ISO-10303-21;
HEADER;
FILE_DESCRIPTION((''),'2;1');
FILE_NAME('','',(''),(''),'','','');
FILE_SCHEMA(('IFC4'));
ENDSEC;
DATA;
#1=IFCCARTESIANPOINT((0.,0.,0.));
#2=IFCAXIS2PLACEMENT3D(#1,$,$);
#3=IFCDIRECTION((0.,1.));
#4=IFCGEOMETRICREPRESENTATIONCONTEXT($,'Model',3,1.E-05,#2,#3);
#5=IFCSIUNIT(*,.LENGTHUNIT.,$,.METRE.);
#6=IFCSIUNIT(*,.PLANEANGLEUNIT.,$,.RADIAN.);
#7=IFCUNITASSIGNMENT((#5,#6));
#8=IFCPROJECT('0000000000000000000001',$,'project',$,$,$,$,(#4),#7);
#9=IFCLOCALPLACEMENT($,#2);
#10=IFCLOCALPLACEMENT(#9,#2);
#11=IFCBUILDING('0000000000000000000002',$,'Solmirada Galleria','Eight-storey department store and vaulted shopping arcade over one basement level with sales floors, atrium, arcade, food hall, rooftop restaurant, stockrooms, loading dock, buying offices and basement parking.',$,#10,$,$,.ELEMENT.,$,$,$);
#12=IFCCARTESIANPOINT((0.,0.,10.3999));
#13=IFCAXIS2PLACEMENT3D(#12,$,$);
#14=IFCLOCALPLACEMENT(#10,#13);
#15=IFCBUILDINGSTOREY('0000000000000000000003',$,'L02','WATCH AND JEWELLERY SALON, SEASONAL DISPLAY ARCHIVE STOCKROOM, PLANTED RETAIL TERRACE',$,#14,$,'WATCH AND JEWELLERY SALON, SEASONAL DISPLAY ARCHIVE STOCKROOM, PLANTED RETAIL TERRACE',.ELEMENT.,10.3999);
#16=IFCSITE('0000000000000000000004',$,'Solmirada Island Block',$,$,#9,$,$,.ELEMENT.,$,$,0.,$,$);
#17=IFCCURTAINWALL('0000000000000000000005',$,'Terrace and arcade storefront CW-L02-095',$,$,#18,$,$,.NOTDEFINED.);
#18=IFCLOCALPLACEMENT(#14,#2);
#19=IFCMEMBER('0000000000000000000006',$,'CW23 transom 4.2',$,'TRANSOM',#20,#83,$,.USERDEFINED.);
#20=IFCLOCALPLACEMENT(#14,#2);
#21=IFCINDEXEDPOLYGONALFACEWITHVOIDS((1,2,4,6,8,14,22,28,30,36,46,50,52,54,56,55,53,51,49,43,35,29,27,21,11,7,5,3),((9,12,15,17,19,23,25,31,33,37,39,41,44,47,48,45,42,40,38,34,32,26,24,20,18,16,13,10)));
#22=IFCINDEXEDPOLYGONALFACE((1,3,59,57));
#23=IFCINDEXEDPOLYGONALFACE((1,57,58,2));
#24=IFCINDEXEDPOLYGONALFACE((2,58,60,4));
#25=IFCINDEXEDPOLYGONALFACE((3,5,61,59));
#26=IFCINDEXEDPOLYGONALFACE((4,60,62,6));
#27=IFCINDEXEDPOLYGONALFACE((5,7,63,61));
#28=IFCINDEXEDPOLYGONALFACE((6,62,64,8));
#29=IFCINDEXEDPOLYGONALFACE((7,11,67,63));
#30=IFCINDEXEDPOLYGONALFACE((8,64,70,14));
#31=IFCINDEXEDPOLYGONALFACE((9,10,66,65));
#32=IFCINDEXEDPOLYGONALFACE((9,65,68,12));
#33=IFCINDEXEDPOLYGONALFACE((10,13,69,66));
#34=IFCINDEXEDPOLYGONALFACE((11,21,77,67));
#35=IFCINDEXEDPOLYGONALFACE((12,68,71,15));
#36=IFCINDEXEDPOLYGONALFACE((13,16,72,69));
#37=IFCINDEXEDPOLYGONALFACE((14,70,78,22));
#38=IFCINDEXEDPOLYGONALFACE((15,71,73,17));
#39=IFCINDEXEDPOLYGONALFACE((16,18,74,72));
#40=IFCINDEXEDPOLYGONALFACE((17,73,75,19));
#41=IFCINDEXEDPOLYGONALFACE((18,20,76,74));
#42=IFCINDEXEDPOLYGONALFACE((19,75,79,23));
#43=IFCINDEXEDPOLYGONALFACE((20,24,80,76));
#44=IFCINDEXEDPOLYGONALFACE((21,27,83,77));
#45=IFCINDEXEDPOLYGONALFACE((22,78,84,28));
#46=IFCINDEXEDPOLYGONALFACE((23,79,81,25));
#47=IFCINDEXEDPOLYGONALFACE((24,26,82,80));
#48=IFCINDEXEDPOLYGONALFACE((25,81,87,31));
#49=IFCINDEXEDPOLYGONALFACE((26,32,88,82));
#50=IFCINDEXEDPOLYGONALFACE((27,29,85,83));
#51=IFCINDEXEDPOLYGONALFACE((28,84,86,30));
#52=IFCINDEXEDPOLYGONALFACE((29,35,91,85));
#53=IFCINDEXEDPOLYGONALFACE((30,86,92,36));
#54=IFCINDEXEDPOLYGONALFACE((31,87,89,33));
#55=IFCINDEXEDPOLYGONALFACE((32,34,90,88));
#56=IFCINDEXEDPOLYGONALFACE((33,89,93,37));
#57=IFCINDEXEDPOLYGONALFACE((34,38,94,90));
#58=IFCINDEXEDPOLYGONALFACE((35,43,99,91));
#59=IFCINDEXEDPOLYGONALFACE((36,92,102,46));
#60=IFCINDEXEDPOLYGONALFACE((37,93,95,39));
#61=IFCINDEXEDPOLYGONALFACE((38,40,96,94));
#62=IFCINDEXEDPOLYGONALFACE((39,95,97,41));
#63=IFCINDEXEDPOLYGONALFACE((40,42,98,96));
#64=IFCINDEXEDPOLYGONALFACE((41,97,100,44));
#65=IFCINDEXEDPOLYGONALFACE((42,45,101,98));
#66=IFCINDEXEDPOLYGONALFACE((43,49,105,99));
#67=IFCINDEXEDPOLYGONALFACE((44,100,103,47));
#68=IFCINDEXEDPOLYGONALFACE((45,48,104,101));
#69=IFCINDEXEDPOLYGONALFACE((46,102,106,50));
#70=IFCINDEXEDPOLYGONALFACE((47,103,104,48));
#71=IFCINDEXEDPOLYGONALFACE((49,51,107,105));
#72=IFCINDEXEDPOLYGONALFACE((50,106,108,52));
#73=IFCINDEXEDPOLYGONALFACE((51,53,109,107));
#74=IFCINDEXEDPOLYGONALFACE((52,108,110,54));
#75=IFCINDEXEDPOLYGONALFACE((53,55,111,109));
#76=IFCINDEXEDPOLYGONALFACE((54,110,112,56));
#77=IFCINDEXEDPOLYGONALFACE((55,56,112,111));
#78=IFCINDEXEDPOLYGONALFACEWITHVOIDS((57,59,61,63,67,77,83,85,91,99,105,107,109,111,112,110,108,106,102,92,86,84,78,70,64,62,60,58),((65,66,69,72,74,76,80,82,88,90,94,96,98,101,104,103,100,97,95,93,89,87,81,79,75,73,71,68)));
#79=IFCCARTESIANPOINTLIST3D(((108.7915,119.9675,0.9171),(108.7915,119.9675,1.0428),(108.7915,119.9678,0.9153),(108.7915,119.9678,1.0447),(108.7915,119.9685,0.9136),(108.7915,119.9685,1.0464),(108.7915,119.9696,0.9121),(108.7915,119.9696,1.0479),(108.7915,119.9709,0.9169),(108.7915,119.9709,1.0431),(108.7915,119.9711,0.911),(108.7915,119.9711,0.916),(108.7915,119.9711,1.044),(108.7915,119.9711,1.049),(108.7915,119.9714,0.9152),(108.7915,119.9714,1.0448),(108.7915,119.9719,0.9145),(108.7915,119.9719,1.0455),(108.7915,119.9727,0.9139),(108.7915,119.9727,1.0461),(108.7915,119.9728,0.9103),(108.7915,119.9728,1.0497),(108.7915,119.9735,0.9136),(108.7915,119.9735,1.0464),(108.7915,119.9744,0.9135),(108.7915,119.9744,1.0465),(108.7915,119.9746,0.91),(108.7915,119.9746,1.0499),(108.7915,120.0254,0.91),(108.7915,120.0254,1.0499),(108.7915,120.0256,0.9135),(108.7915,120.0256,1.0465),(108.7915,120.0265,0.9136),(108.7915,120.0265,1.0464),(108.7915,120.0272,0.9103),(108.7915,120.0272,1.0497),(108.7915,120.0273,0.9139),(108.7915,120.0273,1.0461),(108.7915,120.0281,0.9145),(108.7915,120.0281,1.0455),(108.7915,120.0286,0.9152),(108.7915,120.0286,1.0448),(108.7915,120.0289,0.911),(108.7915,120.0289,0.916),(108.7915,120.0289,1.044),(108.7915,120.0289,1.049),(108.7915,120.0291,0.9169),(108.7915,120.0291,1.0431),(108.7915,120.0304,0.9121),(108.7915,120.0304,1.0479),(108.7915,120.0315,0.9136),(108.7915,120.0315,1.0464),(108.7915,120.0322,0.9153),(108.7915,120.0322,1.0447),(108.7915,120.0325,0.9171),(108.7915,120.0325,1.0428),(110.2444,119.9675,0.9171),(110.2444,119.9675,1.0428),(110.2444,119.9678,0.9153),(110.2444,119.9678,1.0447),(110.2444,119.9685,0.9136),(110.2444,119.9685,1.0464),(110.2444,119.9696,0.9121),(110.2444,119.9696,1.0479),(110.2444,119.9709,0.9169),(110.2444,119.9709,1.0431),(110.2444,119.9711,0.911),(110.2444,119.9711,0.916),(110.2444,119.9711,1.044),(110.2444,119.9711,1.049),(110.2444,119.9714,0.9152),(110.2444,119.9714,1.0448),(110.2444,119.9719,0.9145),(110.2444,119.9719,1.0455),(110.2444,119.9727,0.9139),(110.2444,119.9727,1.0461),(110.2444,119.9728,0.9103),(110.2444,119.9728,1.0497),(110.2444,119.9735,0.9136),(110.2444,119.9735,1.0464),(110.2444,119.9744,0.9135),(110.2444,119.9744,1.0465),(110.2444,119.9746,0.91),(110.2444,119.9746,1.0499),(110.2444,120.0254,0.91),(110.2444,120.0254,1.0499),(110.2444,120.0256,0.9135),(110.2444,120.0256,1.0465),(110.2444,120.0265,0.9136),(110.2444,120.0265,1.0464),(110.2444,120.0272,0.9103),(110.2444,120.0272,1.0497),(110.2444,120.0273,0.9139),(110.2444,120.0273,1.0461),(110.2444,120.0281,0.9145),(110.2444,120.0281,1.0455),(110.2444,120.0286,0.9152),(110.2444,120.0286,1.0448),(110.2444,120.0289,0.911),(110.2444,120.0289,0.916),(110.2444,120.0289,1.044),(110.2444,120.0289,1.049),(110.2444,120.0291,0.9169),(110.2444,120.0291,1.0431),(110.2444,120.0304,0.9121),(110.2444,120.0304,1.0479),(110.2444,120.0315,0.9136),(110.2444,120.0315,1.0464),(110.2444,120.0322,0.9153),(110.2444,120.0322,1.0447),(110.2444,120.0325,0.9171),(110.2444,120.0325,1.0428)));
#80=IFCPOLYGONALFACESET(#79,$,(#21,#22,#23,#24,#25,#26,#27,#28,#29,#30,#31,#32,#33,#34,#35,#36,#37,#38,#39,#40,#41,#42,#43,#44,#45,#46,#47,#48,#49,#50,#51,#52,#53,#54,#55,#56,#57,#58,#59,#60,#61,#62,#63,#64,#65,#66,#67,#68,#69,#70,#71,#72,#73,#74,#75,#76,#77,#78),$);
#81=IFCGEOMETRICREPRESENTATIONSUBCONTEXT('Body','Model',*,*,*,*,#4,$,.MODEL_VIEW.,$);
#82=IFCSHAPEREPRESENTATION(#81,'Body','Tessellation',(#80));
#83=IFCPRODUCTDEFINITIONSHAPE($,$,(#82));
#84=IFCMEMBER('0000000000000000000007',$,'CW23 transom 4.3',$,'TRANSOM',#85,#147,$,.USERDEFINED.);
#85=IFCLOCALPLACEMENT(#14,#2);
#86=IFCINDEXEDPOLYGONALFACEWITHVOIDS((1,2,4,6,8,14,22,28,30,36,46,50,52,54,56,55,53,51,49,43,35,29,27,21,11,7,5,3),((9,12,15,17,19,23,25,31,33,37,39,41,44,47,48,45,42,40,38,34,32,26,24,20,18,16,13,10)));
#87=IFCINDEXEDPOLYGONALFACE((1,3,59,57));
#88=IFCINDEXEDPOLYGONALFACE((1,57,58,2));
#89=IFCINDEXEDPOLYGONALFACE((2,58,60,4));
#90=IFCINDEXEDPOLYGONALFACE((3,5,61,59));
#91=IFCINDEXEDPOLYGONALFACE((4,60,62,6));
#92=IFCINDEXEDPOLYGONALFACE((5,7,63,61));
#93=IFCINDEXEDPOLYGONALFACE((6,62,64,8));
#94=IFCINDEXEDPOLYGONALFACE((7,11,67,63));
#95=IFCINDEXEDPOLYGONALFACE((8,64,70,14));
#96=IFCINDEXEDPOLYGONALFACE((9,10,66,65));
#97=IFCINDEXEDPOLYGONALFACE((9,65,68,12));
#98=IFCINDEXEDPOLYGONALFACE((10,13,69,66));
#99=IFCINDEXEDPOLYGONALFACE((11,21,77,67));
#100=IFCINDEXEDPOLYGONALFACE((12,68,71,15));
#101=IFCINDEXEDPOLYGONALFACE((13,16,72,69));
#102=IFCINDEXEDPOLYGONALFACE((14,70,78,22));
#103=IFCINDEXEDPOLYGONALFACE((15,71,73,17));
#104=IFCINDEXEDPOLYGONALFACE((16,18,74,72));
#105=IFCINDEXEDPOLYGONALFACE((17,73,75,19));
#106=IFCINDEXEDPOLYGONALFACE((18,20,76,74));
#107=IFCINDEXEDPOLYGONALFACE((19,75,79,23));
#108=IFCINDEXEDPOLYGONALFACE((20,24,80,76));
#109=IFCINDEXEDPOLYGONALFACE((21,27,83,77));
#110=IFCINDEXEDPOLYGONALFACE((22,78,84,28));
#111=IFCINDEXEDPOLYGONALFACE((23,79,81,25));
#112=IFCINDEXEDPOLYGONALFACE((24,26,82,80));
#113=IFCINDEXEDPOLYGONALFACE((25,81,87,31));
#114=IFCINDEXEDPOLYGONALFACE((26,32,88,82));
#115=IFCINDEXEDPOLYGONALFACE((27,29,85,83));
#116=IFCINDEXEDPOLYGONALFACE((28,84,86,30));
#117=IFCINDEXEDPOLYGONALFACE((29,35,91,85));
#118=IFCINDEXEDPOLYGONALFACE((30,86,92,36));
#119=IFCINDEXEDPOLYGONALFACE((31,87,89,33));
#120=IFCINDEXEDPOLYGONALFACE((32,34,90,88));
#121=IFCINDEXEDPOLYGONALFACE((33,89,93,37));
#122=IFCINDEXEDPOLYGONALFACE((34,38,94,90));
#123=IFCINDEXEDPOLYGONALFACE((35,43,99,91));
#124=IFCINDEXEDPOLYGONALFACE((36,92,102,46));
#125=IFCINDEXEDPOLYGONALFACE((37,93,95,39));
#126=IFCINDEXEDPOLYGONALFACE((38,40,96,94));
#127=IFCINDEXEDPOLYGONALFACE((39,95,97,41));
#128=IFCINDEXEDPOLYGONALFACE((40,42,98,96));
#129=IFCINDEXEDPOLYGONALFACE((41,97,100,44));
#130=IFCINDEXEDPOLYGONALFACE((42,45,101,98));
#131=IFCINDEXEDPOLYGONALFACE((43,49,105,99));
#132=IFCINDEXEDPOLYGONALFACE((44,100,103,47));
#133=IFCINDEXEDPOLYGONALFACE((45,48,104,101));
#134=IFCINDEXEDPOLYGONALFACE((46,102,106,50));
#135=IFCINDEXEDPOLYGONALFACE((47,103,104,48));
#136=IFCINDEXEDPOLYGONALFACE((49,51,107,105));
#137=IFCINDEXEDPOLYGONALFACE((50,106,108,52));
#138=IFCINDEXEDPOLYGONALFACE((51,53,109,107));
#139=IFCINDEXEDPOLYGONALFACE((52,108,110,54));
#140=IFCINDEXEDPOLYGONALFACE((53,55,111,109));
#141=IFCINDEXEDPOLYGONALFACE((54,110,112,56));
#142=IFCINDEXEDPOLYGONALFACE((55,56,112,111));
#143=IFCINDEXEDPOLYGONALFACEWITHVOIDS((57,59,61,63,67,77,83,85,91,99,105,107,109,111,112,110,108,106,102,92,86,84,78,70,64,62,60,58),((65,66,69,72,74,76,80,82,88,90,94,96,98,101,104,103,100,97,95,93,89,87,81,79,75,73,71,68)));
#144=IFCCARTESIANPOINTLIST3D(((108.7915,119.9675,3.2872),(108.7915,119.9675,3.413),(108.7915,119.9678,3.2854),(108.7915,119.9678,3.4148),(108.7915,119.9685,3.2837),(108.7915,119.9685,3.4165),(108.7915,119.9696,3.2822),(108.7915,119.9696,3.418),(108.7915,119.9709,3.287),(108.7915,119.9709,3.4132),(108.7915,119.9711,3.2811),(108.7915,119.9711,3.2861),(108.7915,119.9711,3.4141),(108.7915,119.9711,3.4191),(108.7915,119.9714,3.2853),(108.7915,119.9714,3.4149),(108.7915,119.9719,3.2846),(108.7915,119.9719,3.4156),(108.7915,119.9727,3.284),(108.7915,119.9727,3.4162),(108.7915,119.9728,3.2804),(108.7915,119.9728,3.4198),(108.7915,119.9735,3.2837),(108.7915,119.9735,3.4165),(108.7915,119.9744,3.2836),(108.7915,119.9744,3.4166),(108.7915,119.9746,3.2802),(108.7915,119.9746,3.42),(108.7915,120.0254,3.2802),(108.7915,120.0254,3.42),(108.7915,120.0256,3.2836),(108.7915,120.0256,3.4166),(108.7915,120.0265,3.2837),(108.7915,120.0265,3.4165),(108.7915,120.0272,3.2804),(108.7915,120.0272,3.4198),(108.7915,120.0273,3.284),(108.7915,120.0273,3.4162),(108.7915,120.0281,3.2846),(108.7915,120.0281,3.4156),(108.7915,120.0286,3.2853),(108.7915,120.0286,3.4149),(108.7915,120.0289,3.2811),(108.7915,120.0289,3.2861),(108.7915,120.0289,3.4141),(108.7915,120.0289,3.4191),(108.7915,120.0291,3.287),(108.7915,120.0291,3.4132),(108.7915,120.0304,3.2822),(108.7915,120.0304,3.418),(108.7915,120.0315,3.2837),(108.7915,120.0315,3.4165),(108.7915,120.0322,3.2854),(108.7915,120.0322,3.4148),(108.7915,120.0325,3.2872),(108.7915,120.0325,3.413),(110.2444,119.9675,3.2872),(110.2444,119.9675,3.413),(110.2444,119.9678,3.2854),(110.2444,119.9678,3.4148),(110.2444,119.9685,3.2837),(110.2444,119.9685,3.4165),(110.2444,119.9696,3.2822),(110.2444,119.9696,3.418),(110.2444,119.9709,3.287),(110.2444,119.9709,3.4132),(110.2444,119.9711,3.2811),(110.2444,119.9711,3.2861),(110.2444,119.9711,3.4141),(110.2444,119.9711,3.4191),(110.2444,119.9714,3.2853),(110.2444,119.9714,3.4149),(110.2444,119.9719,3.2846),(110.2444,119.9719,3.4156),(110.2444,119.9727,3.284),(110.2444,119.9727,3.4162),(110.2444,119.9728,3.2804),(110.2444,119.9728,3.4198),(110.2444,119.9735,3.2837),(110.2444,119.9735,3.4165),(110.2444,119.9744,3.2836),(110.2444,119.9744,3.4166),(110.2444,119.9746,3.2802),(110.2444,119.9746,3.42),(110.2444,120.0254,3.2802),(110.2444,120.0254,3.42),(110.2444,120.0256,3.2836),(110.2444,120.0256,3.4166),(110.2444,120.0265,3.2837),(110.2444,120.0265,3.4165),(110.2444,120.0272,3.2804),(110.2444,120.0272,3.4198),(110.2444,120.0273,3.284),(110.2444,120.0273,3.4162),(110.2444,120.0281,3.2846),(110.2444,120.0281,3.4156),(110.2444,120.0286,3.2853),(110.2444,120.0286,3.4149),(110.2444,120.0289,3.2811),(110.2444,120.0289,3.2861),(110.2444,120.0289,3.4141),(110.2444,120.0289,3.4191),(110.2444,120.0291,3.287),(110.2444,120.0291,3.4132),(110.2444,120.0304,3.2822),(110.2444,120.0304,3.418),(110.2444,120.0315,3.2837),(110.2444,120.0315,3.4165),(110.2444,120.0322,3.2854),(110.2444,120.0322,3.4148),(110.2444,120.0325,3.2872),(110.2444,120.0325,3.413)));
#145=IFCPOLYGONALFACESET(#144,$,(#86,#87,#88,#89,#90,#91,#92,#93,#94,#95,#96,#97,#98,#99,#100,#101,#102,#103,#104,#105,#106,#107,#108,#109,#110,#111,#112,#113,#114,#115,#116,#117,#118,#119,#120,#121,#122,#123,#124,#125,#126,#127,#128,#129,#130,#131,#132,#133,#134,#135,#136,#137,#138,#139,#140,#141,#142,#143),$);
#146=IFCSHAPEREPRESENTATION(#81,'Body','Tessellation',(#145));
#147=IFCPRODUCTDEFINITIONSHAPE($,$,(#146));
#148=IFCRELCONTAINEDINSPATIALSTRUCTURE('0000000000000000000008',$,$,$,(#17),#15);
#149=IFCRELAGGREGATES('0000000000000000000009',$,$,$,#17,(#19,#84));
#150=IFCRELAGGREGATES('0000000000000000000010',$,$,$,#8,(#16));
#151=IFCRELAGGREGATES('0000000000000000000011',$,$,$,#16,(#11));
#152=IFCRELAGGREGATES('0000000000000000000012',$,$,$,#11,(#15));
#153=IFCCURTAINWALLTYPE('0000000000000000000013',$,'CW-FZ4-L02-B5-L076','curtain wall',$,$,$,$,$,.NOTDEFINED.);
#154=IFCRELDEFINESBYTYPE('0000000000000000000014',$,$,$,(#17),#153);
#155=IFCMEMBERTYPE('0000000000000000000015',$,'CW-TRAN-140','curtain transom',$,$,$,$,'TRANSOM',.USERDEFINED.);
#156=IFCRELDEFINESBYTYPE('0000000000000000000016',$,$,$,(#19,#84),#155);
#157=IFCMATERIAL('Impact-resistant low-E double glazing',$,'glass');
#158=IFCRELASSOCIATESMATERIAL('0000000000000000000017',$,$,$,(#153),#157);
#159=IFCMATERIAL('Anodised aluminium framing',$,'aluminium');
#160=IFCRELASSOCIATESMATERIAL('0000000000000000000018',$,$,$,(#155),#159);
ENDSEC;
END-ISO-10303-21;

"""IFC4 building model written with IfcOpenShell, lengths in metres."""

from ifc_helpers import new_model, si_unit, direction, frame, origin, origin_2d, place, context, subcontext, project, spatial, hollow_rectangle, extrude, material, material_profile, profile_set, type_object, element, aggregate, save


model = new_model("IFC4")

# Units and contexts
model_context = context("Model", 3, precision=1e-05, world=origin(), true_north=direction((0.0, 1.0)))
body_context = subcontext(model_context, "Body", "Model", "MODEL_VIEW")
ifc_project = project(units=[si_unit("LENGTHUNIT", "METRE"), si_unit("PLANEANGLEUNIT", "RADIAN")], contexts=[model_context])

# Site, building, storey
site_placement = place(None, origin())
site = spatial("IfcSite", under=ifc_project, at=site_placement, Name="Solmirada Island Block", CompositionType="ELEMENT", RefElevation=0.0)
building_placement = place(site_placement, origin())
building = spatial("IfcBuilding", under=site, at=building_placement, Name="Solmirada Galleria", Description="Eight-storey department store and vaulted shopping arcade over one basement level with sales floors, atrium, arcade, food hall, rooftop restaurant, stockrooms, loading dock, buying offices and basement parking.", CompositionType="ELEMENT")
storey_placement = place(building_placement, frame((0.0, 0.0, 10.3999)))
storey = spatial("IfcBuildingStorey", under=building, at=storey_placement, Name="L02", Description="WATCH AND JEWELLERY SALON, SEASONAL DISPLAY ARCHIVE STOCKROOM, PLANTED RETAIL TERRACE", LongName="WATCH AND JEWELLERY SALON, SEASONAL DISPLAY ARCHIVE STOCKROOM, PLANTED RETAIL TERRACE", CompositionType="ELEMENT", Elevation=10.3999)

# Curtain wall, members
ifc_material_1 = material(Name="Impact-resistant low-E double glazing", Category="glass")
curtain_wall_type = type_object("IfcCurtainWallType", Name="CW-FZ4-L02-B5-L076", Description="curtain wall", PredefinedType="NOTDEFINED", material=ifc_material_1)
curtain_wall_placement = place(storey_placement, origin())
curtain_wall = element("IfcCurtainWall", 1, at=curtain_wall_placement, inside=storey, type_object=curtain_wall_type, Name="Terrace and arcade storefront CW-L02-095", PredefinedType="NOTDEFINED")
ifc_material_2 = material(Name="Anodised aluminium framing", Category="aluminium")
ifc_material_profile_1 = material_profile(ifc_material_2, hollow_rectangle(XDim=0.0649, YDim=0.1399, WallThickness=0.0034, InnerFilletRadius=0.0034, OuterFilletRadius=0.0071, at=origin_2d()), Name="ALU-TRAN-140X65")
ifc_profile_set_1 = profile_set([ifc_material_profile_1], Name="Anodised aluminium framing")
member_type_1 = type_object("IfcMemberType", Name="CW-TRAN-140", Description="curtain transom", ElementType="TRANSOM", PredefinedType="USERDEFINED", material=ifc_profile_set_1)
member_1_placement = place(storey_placement, frame((108.7915, 120.0, 0.98), z_axis=(1.0, 0.0, 0.0), x_axis=(0.0, 1.0, 0.0)))
member_1 = element("IfcMember", 2, at=member_1_placement, type_object=member_type_1, Name="CW23 transom 4.2", ObjectType="TRANSOM", PredefinedType="USERDEFINED", context=body_context, shape_type="SweptSolid", body=[
    extrude(hollow_rectangle(XDim=0.0649, YDim=0.1399, WallThickness=0.0034, InnerFilletRadius=0.0034, OuterFilletRadius=0.0071, at=origin_2d()), origin(), (0.0, 0.0, 1.0), 1.4529),
])
member_2_placement = place(storey_placement, frame((108.7915, 120.0, 3.3501), z_axis=(1.0, 0.0, 0.0), x_axis=(0.0, 1.0, 0.0)))
member_2 = element("IfcMember", 3, at=member_2_placement, type_object=member_type_1, Name="CW23 transom 4.3", ObjectType="TRANSOM", PredefinedType="USERDEFINED", context=body_context, shape_type="SweptSolid", body=[
    extrude(hollow_rectangle(XDim=0.0649, YDim=0.1399, WallThickness=0.0034, InnerFilletRadius=0.0034, OuterFilletRadius=0.0071, at=origin_2d()), origin(), (0.0, 0.0, 1.0), 1.4529),
])
aggregate(curtain_wall, [member_1, member_2])

save(model, "model.ifc")
